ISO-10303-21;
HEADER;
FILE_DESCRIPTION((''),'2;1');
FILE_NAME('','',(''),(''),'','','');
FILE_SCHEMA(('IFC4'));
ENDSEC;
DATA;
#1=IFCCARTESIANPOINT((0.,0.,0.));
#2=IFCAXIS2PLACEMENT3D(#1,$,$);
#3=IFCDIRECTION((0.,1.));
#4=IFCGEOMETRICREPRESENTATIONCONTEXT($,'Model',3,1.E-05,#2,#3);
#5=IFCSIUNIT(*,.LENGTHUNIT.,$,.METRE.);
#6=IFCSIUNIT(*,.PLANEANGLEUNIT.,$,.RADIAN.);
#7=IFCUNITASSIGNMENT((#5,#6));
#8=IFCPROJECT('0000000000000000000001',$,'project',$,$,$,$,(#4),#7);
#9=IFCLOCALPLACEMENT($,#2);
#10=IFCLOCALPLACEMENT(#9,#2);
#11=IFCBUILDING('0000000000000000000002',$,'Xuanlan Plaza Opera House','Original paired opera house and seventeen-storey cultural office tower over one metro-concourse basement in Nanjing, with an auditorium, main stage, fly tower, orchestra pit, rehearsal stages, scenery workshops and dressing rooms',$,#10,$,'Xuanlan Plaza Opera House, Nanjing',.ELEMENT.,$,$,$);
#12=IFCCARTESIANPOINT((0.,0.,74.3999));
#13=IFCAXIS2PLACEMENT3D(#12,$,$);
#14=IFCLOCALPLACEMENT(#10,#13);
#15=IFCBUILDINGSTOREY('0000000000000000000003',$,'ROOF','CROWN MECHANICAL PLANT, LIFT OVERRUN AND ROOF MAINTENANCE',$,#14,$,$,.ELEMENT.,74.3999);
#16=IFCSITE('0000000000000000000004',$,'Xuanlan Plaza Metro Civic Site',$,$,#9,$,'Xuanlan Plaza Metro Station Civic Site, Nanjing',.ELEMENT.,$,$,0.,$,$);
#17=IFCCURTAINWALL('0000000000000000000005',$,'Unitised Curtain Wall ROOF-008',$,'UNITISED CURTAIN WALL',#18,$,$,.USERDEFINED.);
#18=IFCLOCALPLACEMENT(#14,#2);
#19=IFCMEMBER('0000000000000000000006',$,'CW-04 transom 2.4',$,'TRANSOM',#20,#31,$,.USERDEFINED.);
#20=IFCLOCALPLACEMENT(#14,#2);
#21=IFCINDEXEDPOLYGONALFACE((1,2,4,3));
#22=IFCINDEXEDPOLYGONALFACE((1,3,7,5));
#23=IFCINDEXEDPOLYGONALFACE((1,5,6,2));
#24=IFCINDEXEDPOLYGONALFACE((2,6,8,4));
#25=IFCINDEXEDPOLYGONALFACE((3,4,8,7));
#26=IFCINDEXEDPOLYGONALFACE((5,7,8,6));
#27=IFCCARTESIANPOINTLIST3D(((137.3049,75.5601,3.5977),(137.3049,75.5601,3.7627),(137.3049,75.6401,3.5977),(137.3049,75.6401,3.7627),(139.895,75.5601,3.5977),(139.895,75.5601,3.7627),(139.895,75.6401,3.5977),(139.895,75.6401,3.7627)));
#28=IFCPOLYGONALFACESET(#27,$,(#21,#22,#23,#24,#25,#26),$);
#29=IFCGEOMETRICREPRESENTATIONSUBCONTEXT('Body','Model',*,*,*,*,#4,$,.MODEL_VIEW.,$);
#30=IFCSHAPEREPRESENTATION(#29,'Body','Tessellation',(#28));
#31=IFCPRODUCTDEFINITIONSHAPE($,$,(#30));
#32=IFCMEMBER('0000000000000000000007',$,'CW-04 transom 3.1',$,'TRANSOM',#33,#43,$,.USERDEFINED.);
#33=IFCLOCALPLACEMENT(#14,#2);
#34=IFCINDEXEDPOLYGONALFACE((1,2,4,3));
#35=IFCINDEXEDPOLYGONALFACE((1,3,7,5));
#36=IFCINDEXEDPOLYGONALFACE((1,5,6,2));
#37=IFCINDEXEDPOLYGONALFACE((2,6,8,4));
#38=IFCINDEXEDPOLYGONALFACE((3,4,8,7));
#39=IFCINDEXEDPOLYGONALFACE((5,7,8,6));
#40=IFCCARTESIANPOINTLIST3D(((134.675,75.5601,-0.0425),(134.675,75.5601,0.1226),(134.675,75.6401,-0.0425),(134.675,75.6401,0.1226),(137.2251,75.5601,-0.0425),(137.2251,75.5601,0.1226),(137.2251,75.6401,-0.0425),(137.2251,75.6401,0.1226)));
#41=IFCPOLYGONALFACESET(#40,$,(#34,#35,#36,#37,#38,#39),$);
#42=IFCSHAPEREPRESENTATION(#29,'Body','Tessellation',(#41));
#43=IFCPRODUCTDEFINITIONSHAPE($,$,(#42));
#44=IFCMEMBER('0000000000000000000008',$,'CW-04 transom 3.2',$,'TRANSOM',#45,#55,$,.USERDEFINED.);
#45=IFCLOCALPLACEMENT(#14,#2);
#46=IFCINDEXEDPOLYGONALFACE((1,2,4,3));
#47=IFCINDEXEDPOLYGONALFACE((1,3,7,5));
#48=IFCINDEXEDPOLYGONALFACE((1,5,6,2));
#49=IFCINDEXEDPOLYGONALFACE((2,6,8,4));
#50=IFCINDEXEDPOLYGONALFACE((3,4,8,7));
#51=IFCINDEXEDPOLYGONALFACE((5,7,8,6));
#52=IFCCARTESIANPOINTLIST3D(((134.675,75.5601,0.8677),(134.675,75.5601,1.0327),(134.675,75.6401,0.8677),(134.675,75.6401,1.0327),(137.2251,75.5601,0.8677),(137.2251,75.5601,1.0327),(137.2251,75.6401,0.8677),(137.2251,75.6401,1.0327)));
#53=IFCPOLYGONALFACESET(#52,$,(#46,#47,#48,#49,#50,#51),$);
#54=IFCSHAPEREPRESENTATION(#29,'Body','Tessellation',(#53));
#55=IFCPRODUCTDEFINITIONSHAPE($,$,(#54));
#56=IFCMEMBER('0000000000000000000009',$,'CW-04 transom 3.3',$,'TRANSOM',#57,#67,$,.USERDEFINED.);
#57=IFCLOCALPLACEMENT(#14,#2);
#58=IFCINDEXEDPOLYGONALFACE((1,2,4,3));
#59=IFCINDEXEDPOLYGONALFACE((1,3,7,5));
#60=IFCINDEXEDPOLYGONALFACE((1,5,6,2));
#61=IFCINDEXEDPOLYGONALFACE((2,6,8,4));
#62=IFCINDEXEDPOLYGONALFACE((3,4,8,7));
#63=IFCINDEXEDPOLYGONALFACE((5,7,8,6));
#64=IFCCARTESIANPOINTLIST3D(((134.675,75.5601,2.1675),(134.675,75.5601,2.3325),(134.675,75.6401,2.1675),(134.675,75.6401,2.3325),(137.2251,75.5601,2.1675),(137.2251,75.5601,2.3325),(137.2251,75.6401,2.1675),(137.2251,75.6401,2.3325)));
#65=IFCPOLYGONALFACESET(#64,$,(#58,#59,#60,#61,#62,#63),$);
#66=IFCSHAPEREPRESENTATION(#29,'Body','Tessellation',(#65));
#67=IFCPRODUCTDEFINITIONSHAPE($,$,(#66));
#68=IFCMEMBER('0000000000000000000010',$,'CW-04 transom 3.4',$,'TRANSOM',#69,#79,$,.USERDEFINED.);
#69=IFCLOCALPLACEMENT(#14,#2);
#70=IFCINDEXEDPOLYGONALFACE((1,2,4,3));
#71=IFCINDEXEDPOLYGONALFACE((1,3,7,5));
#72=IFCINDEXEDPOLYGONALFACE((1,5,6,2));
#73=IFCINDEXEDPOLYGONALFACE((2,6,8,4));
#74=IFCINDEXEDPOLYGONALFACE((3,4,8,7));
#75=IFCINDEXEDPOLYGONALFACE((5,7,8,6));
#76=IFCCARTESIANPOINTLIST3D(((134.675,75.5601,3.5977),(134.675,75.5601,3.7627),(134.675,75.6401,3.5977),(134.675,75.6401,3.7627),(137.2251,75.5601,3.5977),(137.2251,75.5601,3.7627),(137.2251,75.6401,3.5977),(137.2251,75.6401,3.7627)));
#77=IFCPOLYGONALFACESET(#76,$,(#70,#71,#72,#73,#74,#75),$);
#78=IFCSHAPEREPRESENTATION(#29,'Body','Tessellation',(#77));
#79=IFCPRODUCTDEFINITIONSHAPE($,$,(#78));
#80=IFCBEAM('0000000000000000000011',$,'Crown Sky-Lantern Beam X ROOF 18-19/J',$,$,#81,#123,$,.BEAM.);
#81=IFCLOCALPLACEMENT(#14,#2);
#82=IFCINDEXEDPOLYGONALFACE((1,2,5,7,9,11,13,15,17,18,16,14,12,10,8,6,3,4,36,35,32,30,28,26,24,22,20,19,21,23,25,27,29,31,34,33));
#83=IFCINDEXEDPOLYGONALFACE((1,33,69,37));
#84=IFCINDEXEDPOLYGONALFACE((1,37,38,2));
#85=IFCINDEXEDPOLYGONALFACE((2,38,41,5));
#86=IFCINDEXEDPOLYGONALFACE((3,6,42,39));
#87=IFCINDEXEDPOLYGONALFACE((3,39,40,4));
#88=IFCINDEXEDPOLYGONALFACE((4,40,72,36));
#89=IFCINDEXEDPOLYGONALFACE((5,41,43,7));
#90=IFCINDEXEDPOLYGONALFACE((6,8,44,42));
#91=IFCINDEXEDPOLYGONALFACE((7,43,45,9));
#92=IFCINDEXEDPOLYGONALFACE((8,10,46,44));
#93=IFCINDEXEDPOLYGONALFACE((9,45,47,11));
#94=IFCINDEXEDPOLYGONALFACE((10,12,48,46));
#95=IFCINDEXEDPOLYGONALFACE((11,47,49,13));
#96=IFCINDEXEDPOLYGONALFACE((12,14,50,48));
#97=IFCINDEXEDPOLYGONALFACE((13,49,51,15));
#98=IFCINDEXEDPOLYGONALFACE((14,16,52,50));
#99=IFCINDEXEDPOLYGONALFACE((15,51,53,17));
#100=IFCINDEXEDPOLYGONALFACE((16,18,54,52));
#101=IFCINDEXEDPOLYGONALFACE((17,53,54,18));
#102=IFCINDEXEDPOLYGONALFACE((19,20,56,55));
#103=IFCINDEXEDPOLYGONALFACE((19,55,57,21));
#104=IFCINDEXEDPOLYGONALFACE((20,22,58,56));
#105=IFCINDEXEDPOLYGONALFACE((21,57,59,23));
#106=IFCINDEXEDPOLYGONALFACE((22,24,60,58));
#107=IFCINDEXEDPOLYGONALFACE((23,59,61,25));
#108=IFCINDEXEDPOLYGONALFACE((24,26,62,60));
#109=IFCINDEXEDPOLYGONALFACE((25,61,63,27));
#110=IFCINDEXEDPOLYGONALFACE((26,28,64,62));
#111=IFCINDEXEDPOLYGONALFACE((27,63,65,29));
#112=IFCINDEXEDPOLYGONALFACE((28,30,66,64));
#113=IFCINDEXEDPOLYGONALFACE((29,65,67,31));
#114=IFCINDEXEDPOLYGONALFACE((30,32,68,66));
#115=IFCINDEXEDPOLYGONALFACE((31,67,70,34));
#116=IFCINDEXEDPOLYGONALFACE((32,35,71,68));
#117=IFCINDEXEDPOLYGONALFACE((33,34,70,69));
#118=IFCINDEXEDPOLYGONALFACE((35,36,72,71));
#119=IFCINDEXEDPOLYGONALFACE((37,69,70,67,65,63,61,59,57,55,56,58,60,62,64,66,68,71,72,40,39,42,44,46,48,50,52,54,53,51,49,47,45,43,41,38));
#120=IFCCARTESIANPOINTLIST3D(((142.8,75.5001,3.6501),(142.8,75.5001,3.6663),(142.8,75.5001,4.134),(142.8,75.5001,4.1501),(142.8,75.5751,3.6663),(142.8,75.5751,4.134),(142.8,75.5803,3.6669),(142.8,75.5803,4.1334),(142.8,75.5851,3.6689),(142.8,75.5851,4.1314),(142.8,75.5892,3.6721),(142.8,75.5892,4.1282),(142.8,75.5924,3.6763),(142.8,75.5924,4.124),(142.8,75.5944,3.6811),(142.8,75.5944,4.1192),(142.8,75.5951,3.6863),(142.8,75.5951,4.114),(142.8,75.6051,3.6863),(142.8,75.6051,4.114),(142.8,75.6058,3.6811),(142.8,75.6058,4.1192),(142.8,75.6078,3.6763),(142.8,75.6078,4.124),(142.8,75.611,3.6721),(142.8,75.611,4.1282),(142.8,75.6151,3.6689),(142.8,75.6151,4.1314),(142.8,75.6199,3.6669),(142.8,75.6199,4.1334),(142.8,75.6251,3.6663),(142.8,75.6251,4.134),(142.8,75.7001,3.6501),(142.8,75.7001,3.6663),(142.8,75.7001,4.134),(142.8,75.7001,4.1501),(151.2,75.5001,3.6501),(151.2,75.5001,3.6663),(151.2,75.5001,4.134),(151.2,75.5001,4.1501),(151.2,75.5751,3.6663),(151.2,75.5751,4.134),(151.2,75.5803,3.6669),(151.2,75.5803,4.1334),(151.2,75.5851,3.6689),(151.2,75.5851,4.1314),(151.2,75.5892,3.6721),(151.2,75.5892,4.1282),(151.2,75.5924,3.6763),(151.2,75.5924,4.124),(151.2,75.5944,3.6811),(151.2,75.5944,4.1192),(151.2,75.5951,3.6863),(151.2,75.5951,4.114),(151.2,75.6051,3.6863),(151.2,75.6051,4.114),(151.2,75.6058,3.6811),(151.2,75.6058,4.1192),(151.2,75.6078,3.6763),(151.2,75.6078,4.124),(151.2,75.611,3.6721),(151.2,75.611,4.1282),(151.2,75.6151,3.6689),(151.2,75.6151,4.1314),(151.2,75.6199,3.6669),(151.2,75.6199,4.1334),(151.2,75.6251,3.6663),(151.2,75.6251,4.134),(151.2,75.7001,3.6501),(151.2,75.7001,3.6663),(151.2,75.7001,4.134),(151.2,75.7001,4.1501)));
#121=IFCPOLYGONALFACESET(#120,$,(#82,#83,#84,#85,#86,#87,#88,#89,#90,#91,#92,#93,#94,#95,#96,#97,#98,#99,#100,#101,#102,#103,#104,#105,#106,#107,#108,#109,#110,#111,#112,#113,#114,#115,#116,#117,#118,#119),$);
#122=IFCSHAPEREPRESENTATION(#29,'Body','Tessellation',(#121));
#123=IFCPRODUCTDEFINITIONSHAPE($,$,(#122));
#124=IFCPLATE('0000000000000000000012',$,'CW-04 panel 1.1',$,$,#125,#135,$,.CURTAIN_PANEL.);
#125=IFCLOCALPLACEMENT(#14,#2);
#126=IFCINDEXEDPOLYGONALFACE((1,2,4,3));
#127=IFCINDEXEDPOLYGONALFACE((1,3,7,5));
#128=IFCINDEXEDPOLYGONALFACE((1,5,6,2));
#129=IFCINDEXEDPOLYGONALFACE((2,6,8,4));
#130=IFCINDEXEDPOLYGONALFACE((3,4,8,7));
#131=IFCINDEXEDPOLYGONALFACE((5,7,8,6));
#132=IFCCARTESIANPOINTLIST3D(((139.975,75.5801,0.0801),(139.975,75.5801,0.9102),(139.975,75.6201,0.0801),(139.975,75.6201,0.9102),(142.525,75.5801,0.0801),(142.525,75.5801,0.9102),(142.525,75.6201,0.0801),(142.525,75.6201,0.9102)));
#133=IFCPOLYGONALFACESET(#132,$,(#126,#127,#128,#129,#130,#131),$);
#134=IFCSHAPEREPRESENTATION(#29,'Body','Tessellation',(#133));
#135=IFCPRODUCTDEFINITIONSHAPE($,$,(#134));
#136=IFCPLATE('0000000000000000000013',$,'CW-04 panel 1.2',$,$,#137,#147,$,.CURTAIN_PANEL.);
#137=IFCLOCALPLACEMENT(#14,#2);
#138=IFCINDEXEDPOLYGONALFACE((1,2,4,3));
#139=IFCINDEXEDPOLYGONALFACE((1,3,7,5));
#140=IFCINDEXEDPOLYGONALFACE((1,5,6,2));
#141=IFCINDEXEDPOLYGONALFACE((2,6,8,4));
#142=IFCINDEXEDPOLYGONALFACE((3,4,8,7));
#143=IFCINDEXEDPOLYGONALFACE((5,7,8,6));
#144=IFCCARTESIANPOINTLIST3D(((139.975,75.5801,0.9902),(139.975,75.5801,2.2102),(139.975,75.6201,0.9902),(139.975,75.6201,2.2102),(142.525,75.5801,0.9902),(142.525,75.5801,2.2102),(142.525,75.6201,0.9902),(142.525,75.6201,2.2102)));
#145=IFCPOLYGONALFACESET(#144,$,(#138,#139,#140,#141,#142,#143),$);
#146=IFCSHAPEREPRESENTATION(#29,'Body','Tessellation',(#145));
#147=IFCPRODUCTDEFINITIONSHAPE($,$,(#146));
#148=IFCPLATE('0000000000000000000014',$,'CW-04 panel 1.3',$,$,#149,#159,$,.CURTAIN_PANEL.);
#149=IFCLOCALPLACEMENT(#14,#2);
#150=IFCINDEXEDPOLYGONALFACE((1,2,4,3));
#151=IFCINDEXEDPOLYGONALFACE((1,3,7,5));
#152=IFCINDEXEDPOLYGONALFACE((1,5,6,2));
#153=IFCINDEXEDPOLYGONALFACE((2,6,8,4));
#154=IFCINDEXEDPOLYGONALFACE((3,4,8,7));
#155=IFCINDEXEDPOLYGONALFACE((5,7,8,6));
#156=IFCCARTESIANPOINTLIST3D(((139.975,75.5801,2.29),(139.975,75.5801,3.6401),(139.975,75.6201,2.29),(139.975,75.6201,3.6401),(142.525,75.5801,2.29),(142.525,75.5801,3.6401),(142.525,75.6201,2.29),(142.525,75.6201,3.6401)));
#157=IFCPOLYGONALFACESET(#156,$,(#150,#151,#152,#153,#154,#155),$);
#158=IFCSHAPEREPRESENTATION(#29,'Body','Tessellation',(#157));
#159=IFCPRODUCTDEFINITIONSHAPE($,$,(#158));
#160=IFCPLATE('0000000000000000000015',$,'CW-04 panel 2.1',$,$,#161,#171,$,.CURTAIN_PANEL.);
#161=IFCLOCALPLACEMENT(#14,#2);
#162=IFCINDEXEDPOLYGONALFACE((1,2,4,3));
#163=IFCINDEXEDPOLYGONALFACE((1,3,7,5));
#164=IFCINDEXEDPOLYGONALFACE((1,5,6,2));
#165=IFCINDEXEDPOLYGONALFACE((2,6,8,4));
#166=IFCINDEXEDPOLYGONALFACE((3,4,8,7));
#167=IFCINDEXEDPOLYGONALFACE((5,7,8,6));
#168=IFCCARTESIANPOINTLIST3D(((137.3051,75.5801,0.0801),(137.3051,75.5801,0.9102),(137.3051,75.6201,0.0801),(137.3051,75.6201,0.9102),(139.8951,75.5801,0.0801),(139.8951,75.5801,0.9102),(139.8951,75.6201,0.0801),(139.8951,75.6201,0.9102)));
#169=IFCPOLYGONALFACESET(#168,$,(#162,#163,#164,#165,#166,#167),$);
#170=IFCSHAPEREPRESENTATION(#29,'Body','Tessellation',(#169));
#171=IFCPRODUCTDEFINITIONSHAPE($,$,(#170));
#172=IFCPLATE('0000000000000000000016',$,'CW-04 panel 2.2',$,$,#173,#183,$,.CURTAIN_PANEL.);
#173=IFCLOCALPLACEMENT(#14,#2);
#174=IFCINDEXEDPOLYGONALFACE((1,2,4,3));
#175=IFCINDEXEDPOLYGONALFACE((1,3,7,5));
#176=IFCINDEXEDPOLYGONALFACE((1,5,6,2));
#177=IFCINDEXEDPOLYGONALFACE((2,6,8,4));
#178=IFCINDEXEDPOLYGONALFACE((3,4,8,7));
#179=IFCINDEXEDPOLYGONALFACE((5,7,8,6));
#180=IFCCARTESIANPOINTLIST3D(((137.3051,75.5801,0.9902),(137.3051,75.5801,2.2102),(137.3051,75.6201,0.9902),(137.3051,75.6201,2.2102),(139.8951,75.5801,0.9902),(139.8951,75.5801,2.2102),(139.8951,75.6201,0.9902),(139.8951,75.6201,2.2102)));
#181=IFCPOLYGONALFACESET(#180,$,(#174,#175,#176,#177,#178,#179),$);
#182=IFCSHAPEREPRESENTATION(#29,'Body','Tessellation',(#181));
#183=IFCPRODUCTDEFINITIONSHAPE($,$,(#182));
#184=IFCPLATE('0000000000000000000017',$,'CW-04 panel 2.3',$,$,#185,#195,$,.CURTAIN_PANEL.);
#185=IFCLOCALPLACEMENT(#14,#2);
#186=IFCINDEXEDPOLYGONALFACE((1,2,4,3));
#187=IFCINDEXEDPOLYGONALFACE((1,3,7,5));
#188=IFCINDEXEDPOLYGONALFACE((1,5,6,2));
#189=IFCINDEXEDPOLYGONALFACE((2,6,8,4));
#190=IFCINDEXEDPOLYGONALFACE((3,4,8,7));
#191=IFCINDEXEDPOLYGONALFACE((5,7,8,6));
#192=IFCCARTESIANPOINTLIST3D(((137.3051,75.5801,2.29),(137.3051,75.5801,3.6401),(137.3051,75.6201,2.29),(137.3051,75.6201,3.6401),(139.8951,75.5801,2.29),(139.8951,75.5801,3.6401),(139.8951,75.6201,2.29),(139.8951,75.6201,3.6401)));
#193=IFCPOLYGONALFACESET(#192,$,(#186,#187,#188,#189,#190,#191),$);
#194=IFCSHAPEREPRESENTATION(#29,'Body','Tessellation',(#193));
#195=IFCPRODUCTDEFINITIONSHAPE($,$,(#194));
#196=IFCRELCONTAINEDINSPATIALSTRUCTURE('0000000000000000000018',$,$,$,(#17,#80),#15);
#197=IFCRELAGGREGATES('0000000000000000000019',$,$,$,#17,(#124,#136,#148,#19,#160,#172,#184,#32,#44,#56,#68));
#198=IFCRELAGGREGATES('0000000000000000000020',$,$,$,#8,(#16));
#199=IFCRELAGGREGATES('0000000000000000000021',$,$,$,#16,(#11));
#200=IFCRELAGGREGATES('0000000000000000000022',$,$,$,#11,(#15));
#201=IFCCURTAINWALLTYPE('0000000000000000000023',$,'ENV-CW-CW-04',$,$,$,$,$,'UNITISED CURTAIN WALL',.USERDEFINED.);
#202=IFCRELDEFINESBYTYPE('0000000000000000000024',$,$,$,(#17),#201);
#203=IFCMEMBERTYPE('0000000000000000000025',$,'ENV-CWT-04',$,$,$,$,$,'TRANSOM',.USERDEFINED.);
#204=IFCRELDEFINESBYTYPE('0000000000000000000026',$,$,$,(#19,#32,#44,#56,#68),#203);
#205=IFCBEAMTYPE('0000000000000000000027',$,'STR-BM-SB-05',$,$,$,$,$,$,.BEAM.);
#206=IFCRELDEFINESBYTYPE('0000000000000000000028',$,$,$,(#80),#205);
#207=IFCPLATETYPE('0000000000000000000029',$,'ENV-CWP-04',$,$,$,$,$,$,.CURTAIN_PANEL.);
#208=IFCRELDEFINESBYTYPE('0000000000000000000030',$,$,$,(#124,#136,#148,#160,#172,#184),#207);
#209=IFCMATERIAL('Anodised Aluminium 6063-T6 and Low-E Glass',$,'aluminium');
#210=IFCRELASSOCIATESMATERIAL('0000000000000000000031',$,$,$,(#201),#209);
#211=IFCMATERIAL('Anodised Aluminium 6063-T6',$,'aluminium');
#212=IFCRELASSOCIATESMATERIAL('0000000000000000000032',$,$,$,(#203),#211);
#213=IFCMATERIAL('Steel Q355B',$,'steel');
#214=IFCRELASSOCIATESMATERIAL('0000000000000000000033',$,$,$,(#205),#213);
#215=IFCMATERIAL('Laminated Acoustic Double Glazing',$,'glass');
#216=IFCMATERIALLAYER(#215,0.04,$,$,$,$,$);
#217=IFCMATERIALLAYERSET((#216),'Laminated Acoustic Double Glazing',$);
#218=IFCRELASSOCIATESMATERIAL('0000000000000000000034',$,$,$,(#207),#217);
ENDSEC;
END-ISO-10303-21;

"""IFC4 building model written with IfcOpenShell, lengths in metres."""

from ifc_helpers import new_model, si_unit, direction, frame, origin, origin_2d, place, context, subcontext, project, spatial, rectangle, i_section, extrude, material, layer, layer_set, material_profile, profile_set, type_object, element, aggregate, save


model = new_model("IFC4")

# Units and contexts
model_context = context("Model", 3, precision=1e-05, world=origin(), true_north=direction((0.0, 1.0)))
body_context = subcontext(model_context, "Body", "Model", "MODEL_VIEW")
ifc_project = project(units=[si_unit("LENGTHUNIT", "METRE"), si_unit("PLANEANGLEUNIT", "RADIAN")], contexts=[model_context])

# Site, building, storey
site_placement = place(None, origin())
site = spatial("IfcSite", under=ifc_project, at=site_placement, Name="Xuanlan Plaza Metro Civic Site", LongName="Xuanlan Plaza Metro Station Civic Site, Nanjing", CompositionType="ELEMENT", RefElevation=0.0)
building_placement = place(site_placement, origin())
building = spatial("IfcBuilding", under=site, at=building_placement, Name="Xuanlan Plaza Opera House", Description="Original paired opera house and seventeen-storey cultural office tower over one metro-concourse basement in Nanjing, with an auditorium, main stage, fly tower, orchestra pit, rehearsal stages, scenery workshops and dressing rooms", LongName="Xuanlan Plaza Opera House, Nanjing", CompositionType="ELEMENT")
storey_placement = place(building_placement, frame((0.0, 0.0, 74.3999)))
storey = spatial("IfcBuildingStorey", under=building, at=storey_placement, Name="ROOF", Description="CROWN MECHANICAL PLANT, LIFT OVERRUN AND ROOF MAINTENANCE", CompositionType="ELEMENT", Elevation=74.3999)

# Shared definitions
ifc_material_1 = material(Name="Steel Q355B", Category="steel")

# Shared definitions
ifc_material_2 = material(Name="Anodised Aluminium 6063-T6 and Low-E Glass", Category="aluminium")
ifc_material_3 = material(Name="Anodised Aluminium 6063-T6", Category="aluminium")

# Curtain wall, members
curtain_wall_type_1 = type_object("IfcCurtainWallType", Name="ENV-CW-CW-04", ElementType="UNITISED CURTAIN WALL", PredefinedType="USERDEFINED", material=ifc_material_2)
curtain_wall_1_placement = place(storey_placement, origin())
curtain_wall_1 = element("IfcCurtainWall", 1, at=curtain_wall_1_placement, inside=storey, type_object=curtain_wall_type_1, Name="Unitised Curtain Wall ROOF-008", ObjectType="UNITISED CURTAIN WALL", PredefinedType="USERDEFINED")
ifc_material_profile_1 = material_profile(ifc_material_3, rectangle(XDim=0.0801, YDim=0.165, at=origin_2d()), Name="ALU-T 80x165")
ifc_profile_set_1 = profile_set([ifc_material_profile_1], Name="Anodised Aluminium 6063-T6")
member_type_1 = type_object("IfcMemberType", Name="ENV-CWT-04", ElementType="TRANSOM", PredefinedType="USERDEFINED", material=ifc_profile_set_1)
member_1_placement = place(storey_placement, frame((139.895, 75.6001, 3.6802), z_axis=(-1.0, 0.0, 0.0), x_axis=(0.0, -1.0, 0.0)))
member_1 = element("IfcMember", 2, at=member_1_placement, type_object=member_type_1, Name="CW-04 transom 2.4", ObjectType="TRANSOM", PredefinedType="USERDEFINED", context=body_context, shape_type="SweptSolid", body=[
    extrude(rectangle(XDim=0.0801, YDim=0.165, at=origin_2d()), origin(), (0.0, 0.0, 1.0), 2.5901),
])
member_2_placement = place(storey_placement, frame((137.2251, 75.6001, 0.04), z_axis=(-1.0, 0.0, 0.0), x_axis=(0.0, -1.0, 0.0)))
member_2 = element("IfcMember", 3, at=member_2_placement, type_object=member_type_1, Name="CW-04 transom 3.1", ObjectType="TRANSOM", PredefinedType="USERDEFINED", context=body_context, shape_type="SweptSolid", body=[
    extrude(rectangle(XDim=0.0801, YDim=0.165, at=origin_2d()), origin(), (0.0, 0.0, 1.0), 2.55),
])
member_3_placement = place(storey_placement, frame((137.2251, 75.6001, 0.9502), z_axis=(-1.0, 0.0, 0.0), x_axis=(0.0, -1.0, 0.0)))
member_3 = element("IfcMember", 4, at=member_3_placement, type_object=member_type_1, Name="CW-04 transom 3.2", ObjectType="TRANSOM", PredefinedType="USERDEFINED", context=body_context, shape_type="SweptSolid", body=[
    extrude(rectangle(XDim=0.0801, YDim=0.165, at=origin_2d()), origin(), (0.0, 0.0, 1.0), 2.55),
])
member_4_placement = place(storey_placement, frame((137.2251, 75.6001, 2.25), z_axis=(-1.0, 0.0, 0.0), x_axis=(0.0, -1.0, 0.0)))
member_4 = element("IfcMember", 5, at=member_4_placement, type_object=member_type_1, Name="CW-04 transom 3.3", ObjectType="TRANSOM", PredefinedType="USERDEFINED", context=body_context, shape_type="SweptSolid", body=[
    extrude(rectangle(XDim=0.0801, YDim=0.165, at=origin_2d()), origin(), (0.0, 0.0, 1.0), 2.55),
])
member_5_placement = place(storey_placement, frame((137.2251, 75.6001, 3.6802), z_axis=(-1.0, 0.0, 0.0), x_axis=(0.0, -1.0, 0.0)))
member_5 = element("IfcMember", 6, at=member_5_placement, type_object=member_type_1, Name="CW-04 transom 3.4", ObjectType="TRANSOM", PredefinedType="USERDEFINED", context=body_context, shape_type="SweptSolid", body=[
    extrude(rectangle(XDim=0.0801, YDim=0.165, at=origin_2d()), origin(), (0.0, 0.0, 1.0), 2.55),
])

# Beam
ifc_material_profile_2 = material_profile(ifc_material_1, i_section(OverallWidth=0.2, OverallDepth=0.5, WebThickness=0.01, FlangeThickness=0.0161, FilletRadius=0.02, at=origin_2d()), Name="HN 500x200x10x16")
ifc_profile_set_2 = profile_set([ifc_material_profile_2], Name="Steel Q355B")
beam_type = type_object("IfcBeamType", Name="STR-BM-SB-05", PredefinedType="BEAM", material=ifc_profile_set_2)
beam_placement = place(storey_placement, frame((142.8, 75.6001, 3.9001), z_axis=(1.0, 0.0, 0.0), x_axis=(0.0, 1.0, 0.0)))
element("IfcBeam", 7, at=beam_placement, inside=storey, type_object=beam_type, Name="Crown Sky-Lantern Beam X ROOF 18-19/J", PredefinedType="BEAM", context=body_context, shape_type="SweptSolid", body=[
    extrude(i_section(OverallWidth=0.2, OverallDepth=0.5, WebThickness=0.01, FlangeThickness=0.0161, FilletRadius=0.02, at=origin_2d()), origin(), (0.0, 0.0, 1.0), 8.3999),
])

# Plates
ifc_material_4 = material(Name="Laminated Acoustic Double Glazing", Category="glass")
ifc_layer = layer(ifc_material_4, 0.04)
ifc_layer_set = layer_set([ifc_layer], Name="Laminated Acoustic Double Glazing")
plate_type = type_object("IfcPlateType", Name="ENV-CWP-04", PredefinedType="CURTAIN_PANEL", material=ifc_layer_set)
plate_1_placement = place(storey_placement, frame((141.25, 75.6001, 0.0801), z_axis=(0.0, 0.0, 1.0), x_axis=(-1.0, 0.0, 0.0)))
plate_1 = element("IfcPlate", 8, at=plate_1_placement, type_object=plate_type, Name="CW-04 panel 1.1", PredefinedType="CURTAIN_PANEL", context=body_context, shape_type="SweptSolid", body=[
    extrude(rectangle(XDim=2.55, YDim=0.04, at=origin_2d()), origin(), (0.0, 0.0, 1.0), 0.8301),
])
plate_2_placement = place(storey_placement, frame((141.25, 75.6001, 0.9902), z_axis=(0.0, 0.0, 1.0), x_axis=(-1.0, 0.0, 0.0)))
plate_2 = element("IfcPlate", 9, at=plate_2_placement, type_object=plate_type, Name="CW-04 panel 1.2", PredefinedType="CURTAIN_PANEL", context=body_context, shape_type="SweptSolid", body=[
    extrude(rectangle(XDim=2.55, YDim=0.04, at=origin_2d()), origin(), (0.0, 0.0, 1.0), 1.22),
])
plate_3_placement = place(storey_placement, frame((141.25, 75.6001, 2.29), z_axis=(0.0, 0.0, 1.0), x_axis=(-1.0, 0.0, 0.0)))
plate_3 = element("IfcPlate", 10, at=plate_3_placement, type_object=plate_type, Name="CW-04 panel 1.3", PredefinedType="CURTAIN_PANEL", context=body_context, shape_type="SweptSolid", body=[
    extrude(rectangle(XDim=2.55, YDim=0.04, at=origin_2d()), origin(), (0.0, 0.0, 1.0), 1.3501),
])
plate_4_placement = place(storey_placement, frame((138.6001, 75.6001, 0.0801), z_axis=(0.0, 0.0, 1.0), x_axis=(-1.0, 0.0, 0.0)))
plate_4 = element("IfcPlate", 11, at=plate_4_placement, type_object=plate_type, Name="CW-04 panel 2.1", PredefinedType="CURTAIN_PANEL", context=body_context, shape_type="SweptSolid", body=[
    extrude(rectangle(XDim=2.5901, YDim=0.04, at=origin_2d()), origin(), (0.0, 0.0, 1.0), 0.8301),
])
plate_5_placement = place(storey_placement, frame((138.6001, 75.6001, 0.9902), z_axis=(0.0, 0.0, 1.0), x_axis=(-1.0, 0.0, 0.0)))
plate_5 = element("IfcPlate", 12, at=plate_5_placement, type_object=plate_type, Name="CW-04 panel 2.2", PredefinedType="CURTAIN_PANEL", context=body_context, shape_type="SweptSolid", body=[
    extrude(rectangle(XDim=2.5901, YDim=0.04, at=origin_2d()), origin(), (0.0, 0.0, 1.0), 1.22),
])
plate_6_placement = place(storey_placement, frame((138.6001, 75.6001, 2.29), z_axis=(0.0, 0.0, 1.0), x_axis=(-1.0, 0.0, 0.0)))
plate_6 = element("IfcPlate", 13, at=plate_6_placement, type_object=plate_type, Name="CW-04 panel 2.3", PredefinedType="CURTAIN_PANEL", context=body_context, shape_type="SweptSolid", body=[
    extrude(rectangle(XDim=2.5901, YDim=0.04, at=origin_2d()), origin(), (0.0, 0.0, 1.0), 1.3501),
])
aggregate(curtain_wall_1, [plate_1, plate_2, plate_3, member_1, plate_4, plate_5, plate_6, member_2, member_3, member_4, member_5])

save(model, "model.ifc")
